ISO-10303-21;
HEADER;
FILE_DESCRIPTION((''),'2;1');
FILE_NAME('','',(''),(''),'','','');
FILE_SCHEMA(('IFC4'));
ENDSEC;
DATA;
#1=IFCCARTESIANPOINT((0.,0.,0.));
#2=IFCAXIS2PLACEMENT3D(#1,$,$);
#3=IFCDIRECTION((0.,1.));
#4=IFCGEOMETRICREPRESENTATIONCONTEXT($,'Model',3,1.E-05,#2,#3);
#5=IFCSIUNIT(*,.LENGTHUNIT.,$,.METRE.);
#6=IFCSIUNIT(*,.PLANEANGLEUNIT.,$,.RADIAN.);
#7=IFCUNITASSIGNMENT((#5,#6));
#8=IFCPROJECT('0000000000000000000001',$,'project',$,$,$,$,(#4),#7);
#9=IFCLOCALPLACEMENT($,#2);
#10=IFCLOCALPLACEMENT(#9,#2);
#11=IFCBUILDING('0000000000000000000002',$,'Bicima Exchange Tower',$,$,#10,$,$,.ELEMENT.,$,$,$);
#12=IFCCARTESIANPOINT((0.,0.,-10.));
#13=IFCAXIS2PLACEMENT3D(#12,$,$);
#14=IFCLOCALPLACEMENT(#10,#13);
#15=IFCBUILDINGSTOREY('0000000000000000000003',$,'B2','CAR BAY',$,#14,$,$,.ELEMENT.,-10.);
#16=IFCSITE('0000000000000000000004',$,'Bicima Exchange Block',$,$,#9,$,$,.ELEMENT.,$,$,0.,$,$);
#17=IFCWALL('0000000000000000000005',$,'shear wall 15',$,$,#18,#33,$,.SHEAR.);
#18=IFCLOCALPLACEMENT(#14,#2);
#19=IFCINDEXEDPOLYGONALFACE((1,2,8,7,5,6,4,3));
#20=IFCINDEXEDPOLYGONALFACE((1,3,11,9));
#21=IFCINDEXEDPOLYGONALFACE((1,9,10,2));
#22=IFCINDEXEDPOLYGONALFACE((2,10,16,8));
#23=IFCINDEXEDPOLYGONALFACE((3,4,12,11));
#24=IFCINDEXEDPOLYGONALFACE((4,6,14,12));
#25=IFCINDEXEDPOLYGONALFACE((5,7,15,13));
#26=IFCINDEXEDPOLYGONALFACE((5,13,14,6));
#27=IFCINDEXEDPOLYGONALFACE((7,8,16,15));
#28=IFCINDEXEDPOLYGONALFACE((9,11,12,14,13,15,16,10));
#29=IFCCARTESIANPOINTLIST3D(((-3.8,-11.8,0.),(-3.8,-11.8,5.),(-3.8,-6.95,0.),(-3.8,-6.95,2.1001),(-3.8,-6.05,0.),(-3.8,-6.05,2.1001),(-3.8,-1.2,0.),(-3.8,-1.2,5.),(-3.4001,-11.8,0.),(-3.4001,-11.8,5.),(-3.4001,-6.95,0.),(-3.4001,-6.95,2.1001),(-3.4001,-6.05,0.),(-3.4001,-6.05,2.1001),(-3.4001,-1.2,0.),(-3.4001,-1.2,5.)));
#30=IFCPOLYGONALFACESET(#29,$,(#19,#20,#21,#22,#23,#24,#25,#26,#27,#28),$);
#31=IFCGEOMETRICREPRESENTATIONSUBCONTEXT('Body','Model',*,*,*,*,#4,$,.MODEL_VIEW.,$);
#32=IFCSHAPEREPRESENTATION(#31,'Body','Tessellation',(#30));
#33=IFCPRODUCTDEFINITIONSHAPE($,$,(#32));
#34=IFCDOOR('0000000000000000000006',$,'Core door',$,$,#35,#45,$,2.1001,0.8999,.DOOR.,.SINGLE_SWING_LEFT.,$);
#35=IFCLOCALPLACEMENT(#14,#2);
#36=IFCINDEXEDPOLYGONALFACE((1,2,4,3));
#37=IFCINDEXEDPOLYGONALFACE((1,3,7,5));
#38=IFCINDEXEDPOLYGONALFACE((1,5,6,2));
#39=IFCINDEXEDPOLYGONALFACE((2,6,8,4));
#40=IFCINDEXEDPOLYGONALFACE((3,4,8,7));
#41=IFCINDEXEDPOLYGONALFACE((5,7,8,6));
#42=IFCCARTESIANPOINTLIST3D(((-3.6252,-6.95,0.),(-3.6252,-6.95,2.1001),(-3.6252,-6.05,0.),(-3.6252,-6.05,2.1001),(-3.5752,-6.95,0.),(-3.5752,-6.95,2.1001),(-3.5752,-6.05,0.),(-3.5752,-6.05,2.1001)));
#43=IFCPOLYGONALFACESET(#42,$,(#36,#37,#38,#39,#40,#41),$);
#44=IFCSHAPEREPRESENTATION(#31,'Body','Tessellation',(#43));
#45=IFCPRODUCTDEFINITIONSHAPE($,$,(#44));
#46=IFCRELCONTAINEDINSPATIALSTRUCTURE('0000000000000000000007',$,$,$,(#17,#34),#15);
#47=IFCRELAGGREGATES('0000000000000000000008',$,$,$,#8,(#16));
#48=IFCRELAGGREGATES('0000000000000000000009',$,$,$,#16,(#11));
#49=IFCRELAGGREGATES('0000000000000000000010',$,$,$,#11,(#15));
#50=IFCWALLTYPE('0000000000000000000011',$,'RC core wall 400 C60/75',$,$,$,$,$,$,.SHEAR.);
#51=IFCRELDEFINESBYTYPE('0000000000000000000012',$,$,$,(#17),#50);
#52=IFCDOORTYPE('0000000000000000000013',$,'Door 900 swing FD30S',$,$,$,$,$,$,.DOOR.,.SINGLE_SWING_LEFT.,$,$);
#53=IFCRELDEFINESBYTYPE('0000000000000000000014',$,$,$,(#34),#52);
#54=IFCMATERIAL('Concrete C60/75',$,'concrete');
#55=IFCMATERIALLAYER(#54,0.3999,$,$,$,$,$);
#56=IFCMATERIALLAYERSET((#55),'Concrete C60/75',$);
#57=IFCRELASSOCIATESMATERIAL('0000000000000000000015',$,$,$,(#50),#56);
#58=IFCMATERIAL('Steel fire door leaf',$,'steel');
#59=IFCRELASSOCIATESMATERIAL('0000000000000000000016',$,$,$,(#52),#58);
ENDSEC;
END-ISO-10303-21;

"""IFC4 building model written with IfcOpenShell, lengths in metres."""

from ifc_helpers import new_model, si_unit, direction, frame, frame_2d, origin, place, context, subcontext, project, spatial, rectangle, extrude, material, layer, layer_set, type_object, element, fill, save


model = new_model("IFC4")

# Units and contexts
model_context = context("Model", 3, precision=1e-05, world=origin(), true_north=direction((0.0, 1.0)))
body_context = subcontext(model_context, "Body", "Model", "MODEL_VIEW")
ifc_project = project(units=[si_unit("LENGTHUNIT", "METRE"), si_unit("PLANEANGLEUNIT", "RADIAN")], contexts=[model_context])

# Site, building, storey
site_placement = place(None, origin())
site = spatial("IfcSite", under=ifc_project, at=site_placement, Name="Bicima Exchange Block", CompositionType="ELEMENT", RefElevation=0.0)
building_placement = place(site_placement, origin())
building = spatial("IfcBuilding", under=site, at=building_placement, Name="Bicima Exchange Tower", CompositionType="ELEMENT")
storey_placement = place(building_placement, frame((0.0, 0.0, -10.0)))
storey = spatial("IfcBuildingStorey", under=building, at=storey_placement, Name="B2", Description="CAR BAY", CompositionType="ELEMENT", Elevation=-10.0)

# Shared definitions
ifc_material_1 = material(Name="Steel fire door leaf", Category="steel")

# Shared definitions
ifc_material_2 = material(Name="Concrete C60/75", Category="concrete")
ifc_layer_1 = layer(ifc_material_2, 0.3999)
ifc_layer_set_1 = layer_set([ifc_layer_1], Name="Concrete C60/75")
wall_type_1 = type_object("IfcWallType", Name="RC core wall 400 C60/75", PredefinedType="SHEAR", material=ifc_layer_set_1)

# Wall, opening, door
door_type_1 = type_object("IfcDoorType", Name="Door 900 swing FD30S", OperationType="SINGLE_SWING_LEFT", PredefinedType="DOOR", material=ifc_material_1)
wall_1_placement = place(storey_placement, frame((-3.6001, -11.8, 0.0), z_axis=(0.0, 0.0, 1.0), x_axis=(0.0, 1.0, 0.0)))
wall_1 = element("IfcWall", 1, at=wall_1_placement, inside=storey, type_object=wall_type_1, Name="shear wall 15", PredefinedType="SHEAR", context=body_context, shape_type="SweptSolid", body=[
    extrude(rectangle(XDim=10.6001, YDim=0.3999, at=frame_2d((5.3, 0.0))), origin(), (0.0, 0.0, 1.0), 5.0),
])
opening_1_placement = place(wall_1_placement, frame((4.8501, 0.0, 0.0)))
opening_1 = element("IfcOpeningElement", 2, at=opening_1_placement, cuts=wall_1, PredefinedType="OPENING", context=body_context, shape_type="SweptSolid", body=[
    extrude(rectangle(XDim=0.8999, YDim=2.1001, at=frame_2d((0.45, 1.05))), frame((0.0, 0.2119, 0.0), z_axis=(0.0, -1.0, 0.0), x_axis=(1.0, 0.0, 0.0)), (0.0, 0.0, 1.0), 0.4238),
])
door_1_placement = place(opening_1_placement, frame((0.8999, 0.0, 0.0), z_axis=(0.0, 0.0, 1.0), x_axis=(-1.0, 0.0, 0.0)))
door_1 = element("IfcDoor", 3, at=door_1_placement, inside=storey, type_object=door_type_1, Name="Core door", OperationType="SINGLE_SWING_LEFT", OverallHeight=2.1001, OverallWidth=0.8999, PredefinedType="DOOR", context=body_context, shape_type="SweptSolid", body=[
    extrude(rectangle(XDim=0.8999, YDim=2.1001, at=frame_2d((0.45, 1.05))), frame((0.0, 0.0249, 0.0), z_axis=(0.0, -1.0, 0.0), x_axis=(1.0, 0.0, 0.0)), (0.0, 0.0, 1.0), 0.05),
])
fill(opening_1, door_1)

save(model, "model.ifc")
